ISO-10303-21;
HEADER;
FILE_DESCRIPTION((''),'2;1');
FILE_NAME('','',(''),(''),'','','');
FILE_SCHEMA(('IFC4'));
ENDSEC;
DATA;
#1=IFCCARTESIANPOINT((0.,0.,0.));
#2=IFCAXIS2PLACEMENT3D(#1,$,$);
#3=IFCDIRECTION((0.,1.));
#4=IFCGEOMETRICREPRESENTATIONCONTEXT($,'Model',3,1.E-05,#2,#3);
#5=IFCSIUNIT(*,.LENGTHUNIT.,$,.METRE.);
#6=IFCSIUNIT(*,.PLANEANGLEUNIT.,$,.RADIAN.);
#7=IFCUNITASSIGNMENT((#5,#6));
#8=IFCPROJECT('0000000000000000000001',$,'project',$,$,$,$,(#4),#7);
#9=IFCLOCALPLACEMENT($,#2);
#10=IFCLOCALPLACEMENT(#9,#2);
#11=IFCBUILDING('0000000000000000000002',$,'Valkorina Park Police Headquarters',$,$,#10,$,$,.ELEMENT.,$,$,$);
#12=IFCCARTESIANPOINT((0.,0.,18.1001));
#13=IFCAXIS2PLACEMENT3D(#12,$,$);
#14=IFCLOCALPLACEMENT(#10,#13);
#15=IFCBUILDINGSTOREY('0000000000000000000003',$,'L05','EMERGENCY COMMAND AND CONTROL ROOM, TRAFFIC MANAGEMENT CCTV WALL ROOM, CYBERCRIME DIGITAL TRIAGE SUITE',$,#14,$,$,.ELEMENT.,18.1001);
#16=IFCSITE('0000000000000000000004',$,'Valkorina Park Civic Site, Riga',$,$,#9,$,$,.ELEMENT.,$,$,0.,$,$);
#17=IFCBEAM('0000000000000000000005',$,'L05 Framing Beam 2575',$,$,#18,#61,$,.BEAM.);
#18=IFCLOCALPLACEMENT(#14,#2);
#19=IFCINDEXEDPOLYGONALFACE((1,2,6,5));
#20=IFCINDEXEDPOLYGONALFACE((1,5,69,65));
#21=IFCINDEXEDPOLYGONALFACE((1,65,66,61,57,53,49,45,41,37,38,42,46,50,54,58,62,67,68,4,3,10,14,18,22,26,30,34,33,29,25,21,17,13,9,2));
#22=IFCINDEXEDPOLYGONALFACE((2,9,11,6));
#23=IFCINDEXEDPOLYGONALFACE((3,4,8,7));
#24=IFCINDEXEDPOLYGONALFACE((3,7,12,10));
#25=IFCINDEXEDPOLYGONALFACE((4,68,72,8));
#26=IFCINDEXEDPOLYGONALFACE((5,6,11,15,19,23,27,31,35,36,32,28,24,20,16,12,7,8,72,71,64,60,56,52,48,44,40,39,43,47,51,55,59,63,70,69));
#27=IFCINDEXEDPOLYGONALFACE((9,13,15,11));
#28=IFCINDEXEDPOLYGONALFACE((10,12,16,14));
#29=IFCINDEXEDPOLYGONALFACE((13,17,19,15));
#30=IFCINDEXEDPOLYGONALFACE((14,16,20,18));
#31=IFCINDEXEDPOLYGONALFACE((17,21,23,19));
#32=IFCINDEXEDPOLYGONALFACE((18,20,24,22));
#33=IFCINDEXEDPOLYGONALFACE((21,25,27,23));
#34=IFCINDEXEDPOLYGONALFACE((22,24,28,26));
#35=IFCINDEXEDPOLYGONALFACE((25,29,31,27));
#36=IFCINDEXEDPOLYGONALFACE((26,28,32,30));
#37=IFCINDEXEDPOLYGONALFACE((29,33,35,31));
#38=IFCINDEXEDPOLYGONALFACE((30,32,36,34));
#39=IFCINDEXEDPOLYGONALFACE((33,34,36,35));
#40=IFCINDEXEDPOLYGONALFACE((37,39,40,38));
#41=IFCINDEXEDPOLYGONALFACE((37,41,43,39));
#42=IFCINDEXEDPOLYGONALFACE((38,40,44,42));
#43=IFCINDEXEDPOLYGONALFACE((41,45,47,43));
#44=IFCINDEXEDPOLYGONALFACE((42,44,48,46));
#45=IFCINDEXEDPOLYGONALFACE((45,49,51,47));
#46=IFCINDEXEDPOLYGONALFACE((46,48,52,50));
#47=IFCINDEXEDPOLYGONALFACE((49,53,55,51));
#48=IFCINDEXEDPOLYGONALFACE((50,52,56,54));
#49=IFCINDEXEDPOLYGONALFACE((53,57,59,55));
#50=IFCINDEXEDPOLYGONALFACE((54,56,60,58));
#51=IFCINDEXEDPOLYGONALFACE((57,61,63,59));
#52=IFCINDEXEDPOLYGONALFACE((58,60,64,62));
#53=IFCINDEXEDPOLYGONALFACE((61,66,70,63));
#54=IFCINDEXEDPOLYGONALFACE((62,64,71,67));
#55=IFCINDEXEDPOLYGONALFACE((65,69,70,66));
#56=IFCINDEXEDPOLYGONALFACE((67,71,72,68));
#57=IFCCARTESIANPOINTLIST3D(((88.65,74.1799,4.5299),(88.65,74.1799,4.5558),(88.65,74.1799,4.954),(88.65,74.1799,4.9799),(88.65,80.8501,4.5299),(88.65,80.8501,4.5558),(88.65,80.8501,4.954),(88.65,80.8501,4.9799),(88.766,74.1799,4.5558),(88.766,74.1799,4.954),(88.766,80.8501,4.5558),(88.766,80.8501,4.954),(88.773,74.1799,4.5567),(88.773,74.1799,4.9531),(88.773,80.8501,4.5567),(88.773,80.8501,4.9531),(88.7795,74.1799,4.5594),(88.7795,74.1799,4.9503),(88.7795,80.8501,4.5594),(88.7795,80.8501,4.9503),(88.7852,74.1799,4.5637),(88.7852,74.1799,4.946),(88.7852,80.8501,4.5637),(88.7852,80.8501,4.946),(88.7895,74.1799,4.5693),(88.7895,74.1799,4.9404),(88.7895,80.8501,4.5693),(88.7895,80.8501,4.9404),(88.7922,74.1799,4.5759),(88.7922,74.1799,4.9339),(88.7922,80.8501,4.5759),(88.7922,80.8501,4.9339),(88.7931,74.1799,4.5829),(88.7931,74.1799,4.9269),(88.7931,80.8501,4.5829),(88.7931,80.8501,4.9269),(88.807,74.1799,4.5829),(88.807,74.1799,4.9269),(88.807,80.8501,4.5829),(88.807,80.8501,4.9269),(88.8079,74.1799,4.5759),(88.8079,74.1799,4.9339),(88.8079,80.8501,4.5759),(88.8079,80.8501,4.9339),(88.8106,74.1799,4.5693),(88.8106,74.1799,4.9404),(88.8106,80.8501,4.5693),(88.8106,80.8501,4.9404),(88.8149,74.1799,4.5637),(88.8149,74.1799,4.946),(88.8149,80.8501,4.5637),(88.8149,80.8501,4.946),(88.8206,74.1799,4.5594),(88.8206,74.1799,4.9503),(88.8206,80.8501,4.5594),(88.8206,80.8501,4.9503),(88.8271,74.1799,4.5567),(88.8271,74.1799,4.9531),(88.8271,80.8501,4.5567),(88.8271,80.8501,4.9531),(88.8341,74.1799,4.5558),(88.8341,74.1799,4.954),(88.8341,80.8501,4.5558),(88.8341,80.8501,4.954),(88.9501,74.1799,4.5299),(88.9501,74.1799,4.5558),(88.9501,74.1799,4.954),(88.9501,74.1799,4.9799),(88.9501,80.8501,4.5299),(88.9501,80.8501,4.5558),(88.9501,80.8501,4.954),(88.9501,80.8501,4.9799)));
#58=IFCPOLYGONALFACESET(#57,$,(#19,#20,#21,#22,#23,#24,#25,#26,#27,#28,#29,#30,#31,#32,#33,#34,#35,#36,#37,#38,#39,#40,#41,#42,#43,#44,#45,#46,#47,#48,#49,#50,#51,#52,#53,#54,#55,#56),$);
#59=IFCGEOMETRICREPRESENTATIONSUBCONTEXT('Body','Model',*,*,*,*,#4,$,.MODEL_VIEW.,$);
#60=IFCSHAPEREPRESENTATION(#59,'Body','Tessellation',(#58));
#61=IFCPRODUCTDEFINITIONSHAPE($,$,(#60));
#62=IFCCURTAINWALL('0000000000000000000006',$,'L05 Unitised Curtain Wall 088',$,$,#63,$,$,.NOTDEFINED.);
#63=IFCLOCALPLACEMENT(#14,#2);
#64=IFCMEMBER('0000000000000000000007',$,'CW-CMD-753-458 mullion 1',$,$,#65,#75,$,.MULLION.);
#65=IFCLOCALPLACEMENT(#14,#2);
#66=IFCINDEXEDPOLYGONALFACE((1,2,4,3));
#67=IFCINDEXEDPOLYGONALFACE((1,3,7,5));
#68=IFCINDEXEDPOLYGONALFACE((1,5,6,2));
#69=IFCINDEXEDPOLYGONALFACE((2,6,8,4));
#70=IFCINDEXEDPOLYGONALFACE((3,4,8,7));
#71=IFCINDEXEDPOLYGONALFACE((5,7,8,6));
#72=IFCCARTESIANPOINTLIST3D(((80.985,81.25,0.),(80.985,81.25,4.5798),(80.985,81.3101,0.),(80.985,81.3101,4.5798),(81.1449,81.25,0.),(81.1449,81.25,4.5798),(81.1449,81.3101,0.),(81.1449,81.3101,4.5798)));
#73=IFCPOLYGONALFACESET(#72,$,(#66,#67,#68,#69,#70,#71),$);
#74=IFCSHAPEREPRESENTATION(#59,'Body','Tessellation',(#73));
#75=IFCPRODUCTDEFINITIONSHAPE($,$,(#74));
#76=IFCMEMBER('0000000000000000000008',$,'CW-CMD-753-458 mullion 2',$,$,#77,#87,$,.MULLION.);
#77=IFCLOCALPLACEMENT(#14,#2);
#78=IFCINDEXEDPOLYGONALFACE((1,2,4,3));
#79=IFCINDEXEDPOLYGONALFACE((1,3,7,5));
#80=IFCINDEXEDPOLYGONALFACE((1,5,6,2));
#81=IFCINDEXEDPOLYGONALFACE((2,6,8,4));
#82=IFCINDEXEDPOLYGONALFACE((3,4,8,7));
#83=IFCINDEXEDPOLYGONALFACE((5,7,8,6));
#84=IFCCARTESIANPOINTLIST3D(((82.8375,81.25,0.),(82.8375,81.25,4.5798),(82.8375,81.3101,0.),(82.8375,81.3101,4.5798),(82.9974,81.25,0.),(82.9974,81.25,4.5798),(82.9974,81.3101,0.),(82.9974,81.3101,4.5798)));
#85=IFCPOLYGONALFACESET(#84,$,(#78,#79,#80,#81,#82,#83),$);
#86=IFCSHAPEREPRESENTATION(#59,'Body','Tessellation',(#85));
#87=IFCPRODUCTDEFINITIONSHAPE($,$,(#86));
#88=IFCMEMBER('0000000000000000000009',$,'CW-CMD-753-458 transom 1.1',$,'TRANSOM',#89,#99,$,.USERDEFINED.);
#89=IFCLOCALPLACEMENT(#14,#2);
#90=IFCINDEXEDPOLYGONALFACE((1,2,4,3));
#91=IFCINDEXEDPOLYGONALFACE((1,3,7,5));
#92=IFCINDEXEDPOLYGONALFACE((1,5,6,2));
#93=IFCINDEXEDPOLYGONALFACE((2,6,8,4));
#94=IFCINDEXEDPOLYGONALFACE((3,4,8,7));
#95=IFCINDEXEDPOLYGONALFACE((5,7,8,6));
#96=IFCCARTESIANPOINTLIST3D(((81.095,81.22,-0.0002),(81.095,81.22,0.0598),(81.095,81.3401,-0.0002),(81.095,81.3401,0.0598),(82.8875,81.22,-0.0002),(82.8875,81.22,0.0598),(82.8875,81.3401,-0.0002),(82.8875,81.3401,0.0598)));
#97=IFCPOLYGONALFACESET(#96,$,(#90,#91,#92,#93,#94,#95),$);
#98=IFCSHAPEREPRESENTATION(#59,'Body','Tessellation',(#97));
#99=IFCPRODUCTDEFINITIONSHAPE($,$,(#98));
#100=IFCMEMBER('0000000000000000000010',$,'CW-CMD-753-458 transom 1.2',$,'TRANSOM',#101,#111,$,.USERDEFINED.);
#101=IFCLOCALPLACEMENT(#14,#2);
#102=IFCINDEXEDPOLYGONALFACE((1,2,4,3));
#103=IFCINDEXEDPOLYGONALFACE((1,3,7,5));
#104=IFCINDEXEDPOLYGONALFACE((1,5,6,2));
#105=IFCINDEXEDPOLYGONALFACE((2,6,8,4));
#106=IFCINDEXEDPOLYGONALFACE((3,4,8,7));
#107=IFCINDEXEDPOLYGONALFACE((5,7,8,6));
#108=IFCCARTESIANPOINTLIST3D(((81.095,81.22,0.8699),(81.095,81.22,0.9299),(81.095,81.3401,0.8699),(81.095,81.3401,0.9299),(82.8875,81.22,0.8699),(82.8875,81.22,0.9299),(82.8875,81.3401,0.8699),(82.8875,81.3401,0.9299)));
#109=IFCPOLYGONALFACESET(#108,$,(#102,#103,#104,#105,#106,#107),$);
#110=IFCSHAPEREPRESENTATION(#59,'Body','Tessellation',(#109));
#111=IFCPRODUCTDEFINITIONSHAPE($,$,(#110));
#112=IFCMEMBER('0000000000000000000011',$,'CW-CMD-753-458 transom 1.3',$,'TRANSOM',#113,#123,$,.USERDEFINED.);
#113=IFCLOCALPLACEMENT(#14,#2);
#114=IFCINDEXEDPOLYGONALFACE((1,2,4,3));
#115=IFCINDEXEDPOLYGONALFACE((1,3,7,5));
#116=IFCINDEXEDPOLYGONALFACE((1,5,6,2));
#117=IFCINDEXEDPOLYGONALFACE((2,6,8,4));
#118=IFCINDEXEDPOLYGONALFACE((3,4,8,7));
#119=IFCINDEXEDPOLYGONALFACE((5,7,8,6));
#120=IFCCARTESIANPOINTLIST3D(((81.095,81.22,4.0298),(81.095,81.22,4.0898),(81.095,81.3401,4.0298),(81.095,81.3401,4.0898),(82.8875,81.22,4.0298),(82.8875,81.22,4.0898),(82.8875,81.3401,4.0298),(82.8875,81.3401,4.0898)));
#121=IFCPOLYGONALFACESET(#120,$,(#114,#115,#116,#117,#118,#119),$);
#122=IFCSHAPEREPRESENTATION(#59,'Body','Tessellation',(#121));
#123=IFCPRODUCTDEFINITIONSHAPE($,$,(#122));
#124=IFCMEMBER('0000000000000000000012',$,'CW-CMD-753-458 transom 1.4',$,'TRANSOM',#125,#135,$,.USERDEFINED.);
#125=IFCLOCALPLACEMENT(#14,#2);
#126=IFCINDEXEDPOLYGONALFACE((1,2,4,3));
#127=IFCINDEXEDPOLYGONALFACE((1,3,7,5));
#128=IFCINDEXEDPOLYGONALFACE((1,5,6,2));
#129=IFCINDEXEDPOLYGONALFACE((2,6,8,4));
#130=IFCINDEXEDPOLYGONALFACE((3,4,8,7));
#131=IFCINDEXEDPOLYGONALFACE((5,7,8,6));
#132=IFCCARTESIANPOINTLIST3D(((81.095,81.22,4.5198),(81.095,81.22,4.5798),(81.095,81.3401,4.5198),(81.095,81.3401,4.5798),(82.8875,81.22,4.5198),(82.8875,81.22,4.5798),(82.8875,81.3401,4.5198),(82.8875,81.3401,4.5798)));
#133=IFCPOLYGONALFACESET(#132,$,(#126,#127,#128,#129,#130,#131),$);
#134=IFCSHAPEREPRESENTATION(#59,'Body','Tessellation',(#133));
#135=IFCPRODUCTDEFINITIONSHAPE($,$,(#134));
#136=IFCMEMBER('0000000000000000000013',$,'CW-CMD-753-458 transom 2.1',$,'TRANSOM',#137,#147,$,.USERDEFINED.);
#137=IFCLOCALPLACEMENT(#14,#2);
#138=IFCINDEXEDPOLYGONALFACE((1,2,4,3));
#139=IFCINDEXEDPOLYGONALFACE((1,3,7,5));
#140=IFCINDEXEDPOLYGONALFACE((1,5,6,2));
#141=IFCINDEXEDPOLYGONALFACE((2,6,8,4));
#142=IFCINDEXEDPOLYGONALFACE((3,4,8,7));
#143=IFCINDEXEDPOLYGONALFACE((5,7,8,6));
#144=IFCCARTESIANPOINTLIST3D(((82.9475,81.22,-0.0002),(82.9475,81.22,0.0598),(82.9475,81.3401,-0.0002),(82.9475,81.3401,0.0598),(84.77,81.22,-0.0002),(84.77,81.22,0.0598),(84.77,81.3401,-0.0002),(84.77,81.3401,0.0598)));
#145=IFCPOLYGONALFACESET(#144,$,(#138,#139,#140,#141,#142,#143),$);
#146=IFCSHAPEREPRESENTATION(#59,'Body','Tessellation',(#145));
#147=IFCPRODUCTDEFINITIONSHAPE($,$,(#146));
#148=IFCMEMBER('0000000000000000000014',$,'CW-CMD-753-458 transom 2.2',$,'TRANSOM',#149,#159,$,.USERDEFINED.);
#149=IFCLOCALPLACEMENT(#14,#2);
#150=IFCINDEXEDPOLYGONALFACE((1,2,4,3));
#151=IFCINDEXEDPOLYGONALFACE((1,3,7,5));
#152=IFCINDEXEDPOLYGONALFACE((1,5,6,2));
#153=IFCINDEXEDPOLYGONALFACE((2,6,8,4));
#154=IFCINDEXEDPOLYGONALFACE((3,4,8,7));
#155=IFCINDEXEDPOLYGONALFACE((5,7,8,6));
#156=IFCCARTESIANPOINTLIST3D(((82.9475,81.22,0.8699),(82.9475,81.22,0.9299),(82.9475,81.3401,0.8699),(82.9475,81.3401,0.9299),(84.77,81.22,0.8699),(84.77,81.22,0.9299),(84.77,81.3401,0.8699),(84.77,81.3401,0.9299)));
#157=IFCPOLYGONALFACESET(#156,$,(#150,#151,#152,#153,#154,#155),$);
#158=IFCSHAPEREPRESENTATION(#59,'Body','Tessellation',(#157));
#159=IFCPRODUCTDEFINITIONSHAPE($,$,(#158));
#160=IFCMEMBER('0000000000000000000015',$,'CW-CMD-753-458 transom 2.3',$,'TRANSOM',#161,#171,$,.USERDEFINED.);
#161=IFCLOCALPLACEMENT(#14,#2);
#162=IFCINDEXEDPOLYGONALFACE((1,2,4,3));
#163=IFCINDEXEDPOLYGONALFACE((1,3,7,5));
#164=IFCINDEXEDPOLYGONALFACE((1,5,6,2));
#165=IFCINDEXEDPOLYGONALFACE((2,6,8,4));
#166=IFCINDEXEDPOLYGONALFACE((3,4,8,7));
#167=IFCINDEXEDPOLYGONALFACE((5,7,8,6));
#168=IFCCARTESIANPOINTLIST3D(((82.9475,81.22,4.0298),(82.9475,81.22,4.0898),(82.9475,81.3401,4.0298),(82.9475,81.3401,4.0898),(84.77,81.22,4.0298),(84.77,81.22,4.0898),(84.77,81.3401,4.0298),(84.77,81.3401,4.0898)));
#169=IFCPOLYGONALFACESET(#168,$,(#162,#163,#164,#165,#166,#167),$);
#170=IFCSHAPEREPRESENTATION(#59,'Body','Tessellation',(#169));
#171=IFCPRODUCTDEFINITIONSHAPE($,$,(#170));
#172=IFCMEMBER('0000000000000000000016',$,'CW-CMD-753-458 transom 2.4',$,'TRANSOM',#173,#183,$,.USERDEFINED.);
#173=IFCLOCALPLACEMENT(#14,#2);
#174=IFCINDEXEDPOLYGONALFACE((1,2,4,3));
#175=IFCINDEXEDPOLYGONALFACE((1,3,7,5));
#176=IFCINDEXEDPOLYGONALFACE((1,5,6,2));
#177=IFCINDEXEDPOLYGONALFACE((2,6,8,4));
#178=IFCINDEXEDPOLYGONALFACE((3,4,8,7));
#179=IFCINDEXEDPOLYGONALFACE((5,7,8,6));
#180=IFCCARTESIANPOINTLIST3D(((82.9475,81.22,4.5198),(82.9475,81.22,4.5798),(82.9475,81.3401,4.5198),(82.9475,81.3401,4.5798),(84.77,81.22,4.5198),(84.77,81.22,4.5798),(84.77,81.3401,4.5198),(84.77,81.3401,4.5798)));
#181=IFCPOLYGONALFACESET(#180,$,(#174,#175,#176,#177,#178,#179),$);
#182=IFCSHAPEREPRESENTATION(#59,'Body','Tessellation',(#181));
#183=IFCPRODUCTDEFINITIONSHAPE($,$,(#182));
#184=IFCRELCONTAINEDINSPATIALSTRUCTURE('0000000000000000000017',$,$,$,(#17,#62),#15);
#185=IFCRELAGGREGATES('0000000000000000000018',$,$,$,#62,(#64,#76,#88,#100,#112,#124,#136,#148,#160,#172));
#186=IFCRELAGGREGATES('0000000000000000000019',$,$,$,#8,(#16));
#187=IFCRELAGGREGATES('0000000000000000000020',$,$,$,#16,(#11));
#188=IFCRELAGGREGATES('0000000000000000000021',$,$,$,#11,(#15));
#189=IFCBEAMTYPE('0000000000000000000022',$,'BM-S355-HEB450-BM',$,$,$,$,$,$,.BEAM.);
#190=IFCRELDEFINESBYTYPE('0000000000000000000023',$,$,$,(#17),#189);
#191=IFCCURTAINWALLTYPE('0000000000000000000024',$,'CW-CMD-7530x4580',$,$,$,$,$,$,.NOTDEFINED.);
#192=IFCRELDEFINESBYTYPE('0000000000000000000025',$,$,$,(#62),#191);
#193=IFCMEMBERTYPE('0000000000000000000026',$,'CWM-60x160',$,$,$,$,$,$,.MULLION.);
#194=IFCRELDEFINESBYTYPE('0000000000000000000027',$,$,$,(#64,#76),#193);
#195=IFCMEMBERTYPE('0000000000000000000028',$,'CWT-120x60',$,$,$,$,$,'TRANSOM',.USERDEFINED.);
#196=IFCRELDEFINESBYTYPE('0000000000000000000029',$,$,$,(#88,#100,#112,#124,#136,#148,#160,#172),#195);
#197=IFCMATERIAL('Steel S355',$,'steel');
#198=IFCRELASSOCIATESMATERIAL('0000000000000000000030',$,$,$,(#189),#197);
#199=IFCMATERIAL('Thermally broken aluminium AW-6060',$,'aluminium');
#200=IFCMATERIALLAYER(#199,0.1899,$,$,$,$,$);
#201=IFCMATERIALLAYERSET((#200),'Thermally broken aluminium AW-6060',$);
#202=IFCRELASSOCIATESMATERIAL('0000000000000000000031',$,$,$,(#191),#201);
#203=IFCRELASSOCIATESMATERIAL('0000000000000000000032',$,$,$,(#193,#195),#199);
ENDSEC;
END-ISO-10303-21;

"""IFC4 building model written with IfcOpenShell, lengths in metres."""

from ifc_helpers import new_model, si_unit, direction, frame, origin, origin_2d, place, context, subcontext, project, spatial, rectangle, i_section, extrude, material, layer, layer_set, material_profile, profile_set, type_object, element, aggregate, save


model = new_model("IFC4")

# Units and contexts
model_context = context("Model", 3, precision=1e-05, world=origin(), true_north=direction((0.0, 1.0)))
body_context = subcontext(model_context, "Body", "Model", "MODEL_VIEW")
ifc_project = project(units=[si_unit("LENGTHUNIT", "METRE"), si_unit("PLANEANGLEUNIT", "RADIAN")], contexts=[model_context])

# Site, building, storey
site_placement = place(None, origin())
site = spatial("IfcSite", under=ifc_project, at=site_placement, Name="Valkorina Park Civic Site, Riga", CompositionType="ELEMENT", RefElevation=0.0)
building_placement = place(site_placement, origin())
building = spatial("IfcBuilding", under=site, at=building_placement, Name="Valkorina Park Police Headquarters", CompositionType="ELEMENT")
storey_placement = place(building_placement, frame((0.0, 0.0, 18.1001)))
storey = spatial("IfcBuildingStorey", under=building, at=storey_placement, Name="L05", Description="EMERGENCY COMMAND AND CONTROL ROOM, TRAFFIC MANAGEMENT CCTV WALL ROOM, CYBERCRIME DIGITAL TRIAGE SUITE", CompositionType="ELEMENT", Elevation=18.1001)

# Beam
ifc_material_1 = material(Name="Steel S355", Category="steel")
ifc_material_profile_1 = material_profile(ifc_material_1, i_section(OverallWidth=0.3, OverallDepth=0.45, WebThickness=0.0139, FlangeThickness=0.0259, FilletRadius=0.0271, at=origin_2d()), Name="HEB 450")
ifc_profile_set_1 = profile_set([ifc_material_profile_1], Name="Steel S355")
beam_type = type_object("IfcBeamType", Name="BM-S355-HEB450-BM", PredefinedType="BEAM", material=ifc_profile_set_1)
beam_placement = place(storey_placement, frame((88.8, 74.1799, 4.7549), z_axis=(0.0, 1.0, 0.0), x_axis=(-1.0, 0.0, 0.0)))
element("IfcBeam", 1, at=beam_placement, inside=storey, type_object=beam_type, Name="L05 Framing Beam 2575", PredefinedType="BEAM", context=body_context, shape_type="SweptSolid", body=[
    extrude(i_section(OverallWidth=0.3, OverallDepth=0.45, WebThickness=0.0139, FlangeThickness=0.0259, FilletRadius=0.0271, at=origin_2d()), origin(), (0.0, 0.0, 1.0), 6.6702),
])

# Curtain wall, members
ifc_material_2 = material(Name="Thermally broken aluminium AW-6060", Category="aluminium")
ifc_layer_1 = layer(ifc_material_2, 0.1899)
ifc_layer_set_1 = layer_set([ifc_layer_1], Name="Thermally broken aluminium AW-6060")
curtain_wall_type = type_object("IfcCurtainWallType", Name="CW-CMD-7530x4580", PredefinedType="NOTDEFINED", material=ifc_layer_set_1)
curtain_wall_placement = place(storey_placement, origin())
curtain_wall = element("IfcCurtainWall", 2, at=curtain_wall_placement, inside=storey, type_object=curtain_wall_type, Name="L05 Unitised Curtain Wall 088", PredefinedType="NOTDEFINED")
ifc_material_profile_2 = material_profile(ifc_material_2, rectangle(XDim=0.0601, YDim=0.1599, at=origin_2d()), Name="CWM-01 60x160")
ifc_profile_set_2 = profile_set([ifc_material_profile_2], Name="Thermally broken aluminium AW-6060")
member_type_1 = type_object("IfcMemberType", Name="CWM-60x160", PredefinedType="MULLION", material=ifc_profile_set_2)
member_1_placement = place(storey_placement, frame((81.0649, 81.28, 0.0), z_axis=(0.0, 0.0, 1.0), x_axis=(0.0, 1.0, 0.0)))
member_1 = element("IfcMember", 3, at=member_1_placement, type_object=member_type_1, Name="CW-CMD-753-458 mullion 1", PredefinedType="MULLION", context=body_context, shape_type="SweptSolid", body=[
    extrude(rectangle(XDim=0.0601, YDim=0.1599, at=origin_2d()), origin(), (0.0, 0.0, 1.0), 4.5798),
])
member_2_placement = place(storey_placement, frame((82.9175, 81.28, 0.0), z_axis=(0.0, 0.0, 1.0), x_axis=(0.0, 1.0, 0.0)))
member_2 = element("IfcMember", 4, at=member_2_placement, type_object=member_type_1, Name="CW-CMD-753-458 mullion 2", PredefinedType="MULLION", context=body_context, shape_type="SweptSolid", body=[
    extrude(rectangle(XDim=0.0601, YDim=0.1599, at=origin_2d()), origin(), (0.0, 0.0, 1.0), 4.5798),
])
ifc_material_profile_3 = material_profile(ifc_material_2, rectangle(XDim=0.1201, YDim=0.0601, at=origin_2d()), Name="CWT-01 120x60")
ifc_profile_set_3 = profile_set([ifc_material_profile_3], Name="Thermally broken aluminium AW-6060")
member_type_2 = type_object("IfcMemberType", Name="CWT-120x60", ElementType="TRANSOM", PredefinedType="USERDEFINED", material=ifc_profile_set_3)
member_3_placement = place(storey_placement, frame((81.095, 81.28, 0.0298), z_axis=(1.0, 0.0, 0.0), x_axis=(0.0, 1.0, 0.0)))
member_3 = element("IfcMember", 5, at=member_3_placement, type_object=member_type_2, Name="CW-CMD-753-458 transom 1.1", ObjectType="TRANSOM", PredefinedType="USERDEFINED", context=body_context, shape_type="SweptSolid", body=[
    extrude(rectangle(XDim=0.1201, YDim=0.0601, at=origin_2d()), origin(), (0.0, 0.0, 1.0), 1.7925),
])
member_4_placement = place(storey_placement, frame((81.095, 81.28, 0.8999), z_axis=(1.0, 0.0, 0.0), x_axis=(0.0, 1.0, 0.0)))
member_4 = element("IfcMember", 6, at=member_4_placement, type_object=member_type_2, Name="CW-CMD-753-458 transom 1.2", ObjectType="TRANSOM", PredefinedType="USERDEFINED", context=body_context, shape_type="SweptSolid", body=[
    extrude(rectangle(XDim=0.1201, YDim=0.0601, at=origin_2d()), origin(), (0.0, 0.0, 1.0), 1.7925),
])
member_5_placement = place(storey_placement, frame((81.095, 81.28, 4.0598), z_axis=(1.0, 0.0, 0.0), x_axis=(0.0, 1.0, 0.0)))
member_5 = element("IfcMember", 7, at=member_5_placement, type_object=member_type_2, Name="CW-CMD-753-458 transom 1.3", ObjectType="TRANSOM", PredefinedType="USERDEFINED", context=body_context, shape_type="SweptSolid", body=[
    extrude(rectangle(XDim=0.1201, YDim=0.0601, at=origin_2d()), origin(), (0.0, 0.0, 1.0), 1.7925),
])
member_6_placement = place(storey_placement, frame((81.095, 81.28, 4.5498), z_axis=(1.0, 0.0, 0.0), x_axis=(0.0, 1.0, 0.0)))
member_6 = element("IfcMember", 8, at=member_6_placement, type_object=member_type_2, Name="CW-CMD-753-458 transom 1.4", ObjectType="TRANSOM", PredefinedType="USERDEFINED", context=body_context, shape_type="SweptSolid", body=[
    extrude(rectangle(XDim=0.1201, YDim=0.0601, at=origin_2d()), origin(), (0.0, 0.0, 1.0), 1.7925),
])
member_7_placement = place(storey_placement, frame((82.9475, 81.28, 0.0298), z_axis=(1.0, 0.0, 0.0), x_axis=(0.0, 1.0, 0.0)))
member_7 = element("IfcMember", 9, at=member_7_placement, type_object=member_type_2, Name="CW-CMD-753-458 transom 2.1", ObjectType="TRANSOM", PredefinedType="USERDEFINED", context=body_context, shape_type="SweptSolid", body=[
    extrude(rectangle(XDim=0.1201, YDim=0.0601, at=origin_2d()), origin(), (0.0, 0.0, 1.0), 1.8225),
])
member_8_placement = place(storey_placement, frame((82.9475, 81.28, 0.8999), z_axis=(1.0, 0.0, 0.0), x_axis=(0.0, 1.0, 0.0)))
member_8 = element("IfcMember", 10, at=member_8_placement, type_object=member_type_2, Name="CW-CMD-753-458 transom 2.2", ObjectType="TRANSOM", PredefinedType="USERDEFINED", context=body_context, shape_type="SweptSolid", body=[
    extrude(rectangle(XDim=0.1201, YDim=0.0601, at=origin_2d()), origin(), (0.0, 0.0, 1.0), 1.8225),
])
member_9_placement = place(storey_placement, frame((82.9475, 81.28, 4.0598), z_axis=(1.0, 0.0, 0.0), x_axis=(0.0, 1.0, 0.0)))
member_9 = element("IfcMember", 11, at=member_9_placement, type_object=member_type_2, Name="CW-CMD-753-458 transom 2.3", ObjectType="TRANSOM", PredefinedType="USERDEFINED", context=body_context, shape_type="SweptSolid", body=[
    extrude(rectangle(XDim=0.1201, YDim=0.0601, at=origin_2d()), origin(), (0.0, 0.0, 1.0), 1.8225),
])
member_10_placement = place(storey_placement, frame((82.9475, 81.28, 4.5498), z_axis=(1.0, 0.0, 0.0), x_axis=(0.0, 1.0, 0.0)))
member_10 = element("IfcMember", 12, at=member_10_placement, type_object=member_type_2, Name="CW-CMD-753-458 transom 2.4", ObjectType="TRANSOM", PredefinedType="USERDEFINED", context=body_context, shape_type="SweptSolid", body=[
    extrude(rectangle(XDim=0.1201, YDim=0.0601, at=origin_2d()), origin(), (0.0, 0.0, 1.0), 1.8225),
])
aggregate(curtain_wall, [member_1, member_2, member_3, member_4, member_5, member_6, member_7, member_8, member_9, member_10])

save(model, "model.ifc")
